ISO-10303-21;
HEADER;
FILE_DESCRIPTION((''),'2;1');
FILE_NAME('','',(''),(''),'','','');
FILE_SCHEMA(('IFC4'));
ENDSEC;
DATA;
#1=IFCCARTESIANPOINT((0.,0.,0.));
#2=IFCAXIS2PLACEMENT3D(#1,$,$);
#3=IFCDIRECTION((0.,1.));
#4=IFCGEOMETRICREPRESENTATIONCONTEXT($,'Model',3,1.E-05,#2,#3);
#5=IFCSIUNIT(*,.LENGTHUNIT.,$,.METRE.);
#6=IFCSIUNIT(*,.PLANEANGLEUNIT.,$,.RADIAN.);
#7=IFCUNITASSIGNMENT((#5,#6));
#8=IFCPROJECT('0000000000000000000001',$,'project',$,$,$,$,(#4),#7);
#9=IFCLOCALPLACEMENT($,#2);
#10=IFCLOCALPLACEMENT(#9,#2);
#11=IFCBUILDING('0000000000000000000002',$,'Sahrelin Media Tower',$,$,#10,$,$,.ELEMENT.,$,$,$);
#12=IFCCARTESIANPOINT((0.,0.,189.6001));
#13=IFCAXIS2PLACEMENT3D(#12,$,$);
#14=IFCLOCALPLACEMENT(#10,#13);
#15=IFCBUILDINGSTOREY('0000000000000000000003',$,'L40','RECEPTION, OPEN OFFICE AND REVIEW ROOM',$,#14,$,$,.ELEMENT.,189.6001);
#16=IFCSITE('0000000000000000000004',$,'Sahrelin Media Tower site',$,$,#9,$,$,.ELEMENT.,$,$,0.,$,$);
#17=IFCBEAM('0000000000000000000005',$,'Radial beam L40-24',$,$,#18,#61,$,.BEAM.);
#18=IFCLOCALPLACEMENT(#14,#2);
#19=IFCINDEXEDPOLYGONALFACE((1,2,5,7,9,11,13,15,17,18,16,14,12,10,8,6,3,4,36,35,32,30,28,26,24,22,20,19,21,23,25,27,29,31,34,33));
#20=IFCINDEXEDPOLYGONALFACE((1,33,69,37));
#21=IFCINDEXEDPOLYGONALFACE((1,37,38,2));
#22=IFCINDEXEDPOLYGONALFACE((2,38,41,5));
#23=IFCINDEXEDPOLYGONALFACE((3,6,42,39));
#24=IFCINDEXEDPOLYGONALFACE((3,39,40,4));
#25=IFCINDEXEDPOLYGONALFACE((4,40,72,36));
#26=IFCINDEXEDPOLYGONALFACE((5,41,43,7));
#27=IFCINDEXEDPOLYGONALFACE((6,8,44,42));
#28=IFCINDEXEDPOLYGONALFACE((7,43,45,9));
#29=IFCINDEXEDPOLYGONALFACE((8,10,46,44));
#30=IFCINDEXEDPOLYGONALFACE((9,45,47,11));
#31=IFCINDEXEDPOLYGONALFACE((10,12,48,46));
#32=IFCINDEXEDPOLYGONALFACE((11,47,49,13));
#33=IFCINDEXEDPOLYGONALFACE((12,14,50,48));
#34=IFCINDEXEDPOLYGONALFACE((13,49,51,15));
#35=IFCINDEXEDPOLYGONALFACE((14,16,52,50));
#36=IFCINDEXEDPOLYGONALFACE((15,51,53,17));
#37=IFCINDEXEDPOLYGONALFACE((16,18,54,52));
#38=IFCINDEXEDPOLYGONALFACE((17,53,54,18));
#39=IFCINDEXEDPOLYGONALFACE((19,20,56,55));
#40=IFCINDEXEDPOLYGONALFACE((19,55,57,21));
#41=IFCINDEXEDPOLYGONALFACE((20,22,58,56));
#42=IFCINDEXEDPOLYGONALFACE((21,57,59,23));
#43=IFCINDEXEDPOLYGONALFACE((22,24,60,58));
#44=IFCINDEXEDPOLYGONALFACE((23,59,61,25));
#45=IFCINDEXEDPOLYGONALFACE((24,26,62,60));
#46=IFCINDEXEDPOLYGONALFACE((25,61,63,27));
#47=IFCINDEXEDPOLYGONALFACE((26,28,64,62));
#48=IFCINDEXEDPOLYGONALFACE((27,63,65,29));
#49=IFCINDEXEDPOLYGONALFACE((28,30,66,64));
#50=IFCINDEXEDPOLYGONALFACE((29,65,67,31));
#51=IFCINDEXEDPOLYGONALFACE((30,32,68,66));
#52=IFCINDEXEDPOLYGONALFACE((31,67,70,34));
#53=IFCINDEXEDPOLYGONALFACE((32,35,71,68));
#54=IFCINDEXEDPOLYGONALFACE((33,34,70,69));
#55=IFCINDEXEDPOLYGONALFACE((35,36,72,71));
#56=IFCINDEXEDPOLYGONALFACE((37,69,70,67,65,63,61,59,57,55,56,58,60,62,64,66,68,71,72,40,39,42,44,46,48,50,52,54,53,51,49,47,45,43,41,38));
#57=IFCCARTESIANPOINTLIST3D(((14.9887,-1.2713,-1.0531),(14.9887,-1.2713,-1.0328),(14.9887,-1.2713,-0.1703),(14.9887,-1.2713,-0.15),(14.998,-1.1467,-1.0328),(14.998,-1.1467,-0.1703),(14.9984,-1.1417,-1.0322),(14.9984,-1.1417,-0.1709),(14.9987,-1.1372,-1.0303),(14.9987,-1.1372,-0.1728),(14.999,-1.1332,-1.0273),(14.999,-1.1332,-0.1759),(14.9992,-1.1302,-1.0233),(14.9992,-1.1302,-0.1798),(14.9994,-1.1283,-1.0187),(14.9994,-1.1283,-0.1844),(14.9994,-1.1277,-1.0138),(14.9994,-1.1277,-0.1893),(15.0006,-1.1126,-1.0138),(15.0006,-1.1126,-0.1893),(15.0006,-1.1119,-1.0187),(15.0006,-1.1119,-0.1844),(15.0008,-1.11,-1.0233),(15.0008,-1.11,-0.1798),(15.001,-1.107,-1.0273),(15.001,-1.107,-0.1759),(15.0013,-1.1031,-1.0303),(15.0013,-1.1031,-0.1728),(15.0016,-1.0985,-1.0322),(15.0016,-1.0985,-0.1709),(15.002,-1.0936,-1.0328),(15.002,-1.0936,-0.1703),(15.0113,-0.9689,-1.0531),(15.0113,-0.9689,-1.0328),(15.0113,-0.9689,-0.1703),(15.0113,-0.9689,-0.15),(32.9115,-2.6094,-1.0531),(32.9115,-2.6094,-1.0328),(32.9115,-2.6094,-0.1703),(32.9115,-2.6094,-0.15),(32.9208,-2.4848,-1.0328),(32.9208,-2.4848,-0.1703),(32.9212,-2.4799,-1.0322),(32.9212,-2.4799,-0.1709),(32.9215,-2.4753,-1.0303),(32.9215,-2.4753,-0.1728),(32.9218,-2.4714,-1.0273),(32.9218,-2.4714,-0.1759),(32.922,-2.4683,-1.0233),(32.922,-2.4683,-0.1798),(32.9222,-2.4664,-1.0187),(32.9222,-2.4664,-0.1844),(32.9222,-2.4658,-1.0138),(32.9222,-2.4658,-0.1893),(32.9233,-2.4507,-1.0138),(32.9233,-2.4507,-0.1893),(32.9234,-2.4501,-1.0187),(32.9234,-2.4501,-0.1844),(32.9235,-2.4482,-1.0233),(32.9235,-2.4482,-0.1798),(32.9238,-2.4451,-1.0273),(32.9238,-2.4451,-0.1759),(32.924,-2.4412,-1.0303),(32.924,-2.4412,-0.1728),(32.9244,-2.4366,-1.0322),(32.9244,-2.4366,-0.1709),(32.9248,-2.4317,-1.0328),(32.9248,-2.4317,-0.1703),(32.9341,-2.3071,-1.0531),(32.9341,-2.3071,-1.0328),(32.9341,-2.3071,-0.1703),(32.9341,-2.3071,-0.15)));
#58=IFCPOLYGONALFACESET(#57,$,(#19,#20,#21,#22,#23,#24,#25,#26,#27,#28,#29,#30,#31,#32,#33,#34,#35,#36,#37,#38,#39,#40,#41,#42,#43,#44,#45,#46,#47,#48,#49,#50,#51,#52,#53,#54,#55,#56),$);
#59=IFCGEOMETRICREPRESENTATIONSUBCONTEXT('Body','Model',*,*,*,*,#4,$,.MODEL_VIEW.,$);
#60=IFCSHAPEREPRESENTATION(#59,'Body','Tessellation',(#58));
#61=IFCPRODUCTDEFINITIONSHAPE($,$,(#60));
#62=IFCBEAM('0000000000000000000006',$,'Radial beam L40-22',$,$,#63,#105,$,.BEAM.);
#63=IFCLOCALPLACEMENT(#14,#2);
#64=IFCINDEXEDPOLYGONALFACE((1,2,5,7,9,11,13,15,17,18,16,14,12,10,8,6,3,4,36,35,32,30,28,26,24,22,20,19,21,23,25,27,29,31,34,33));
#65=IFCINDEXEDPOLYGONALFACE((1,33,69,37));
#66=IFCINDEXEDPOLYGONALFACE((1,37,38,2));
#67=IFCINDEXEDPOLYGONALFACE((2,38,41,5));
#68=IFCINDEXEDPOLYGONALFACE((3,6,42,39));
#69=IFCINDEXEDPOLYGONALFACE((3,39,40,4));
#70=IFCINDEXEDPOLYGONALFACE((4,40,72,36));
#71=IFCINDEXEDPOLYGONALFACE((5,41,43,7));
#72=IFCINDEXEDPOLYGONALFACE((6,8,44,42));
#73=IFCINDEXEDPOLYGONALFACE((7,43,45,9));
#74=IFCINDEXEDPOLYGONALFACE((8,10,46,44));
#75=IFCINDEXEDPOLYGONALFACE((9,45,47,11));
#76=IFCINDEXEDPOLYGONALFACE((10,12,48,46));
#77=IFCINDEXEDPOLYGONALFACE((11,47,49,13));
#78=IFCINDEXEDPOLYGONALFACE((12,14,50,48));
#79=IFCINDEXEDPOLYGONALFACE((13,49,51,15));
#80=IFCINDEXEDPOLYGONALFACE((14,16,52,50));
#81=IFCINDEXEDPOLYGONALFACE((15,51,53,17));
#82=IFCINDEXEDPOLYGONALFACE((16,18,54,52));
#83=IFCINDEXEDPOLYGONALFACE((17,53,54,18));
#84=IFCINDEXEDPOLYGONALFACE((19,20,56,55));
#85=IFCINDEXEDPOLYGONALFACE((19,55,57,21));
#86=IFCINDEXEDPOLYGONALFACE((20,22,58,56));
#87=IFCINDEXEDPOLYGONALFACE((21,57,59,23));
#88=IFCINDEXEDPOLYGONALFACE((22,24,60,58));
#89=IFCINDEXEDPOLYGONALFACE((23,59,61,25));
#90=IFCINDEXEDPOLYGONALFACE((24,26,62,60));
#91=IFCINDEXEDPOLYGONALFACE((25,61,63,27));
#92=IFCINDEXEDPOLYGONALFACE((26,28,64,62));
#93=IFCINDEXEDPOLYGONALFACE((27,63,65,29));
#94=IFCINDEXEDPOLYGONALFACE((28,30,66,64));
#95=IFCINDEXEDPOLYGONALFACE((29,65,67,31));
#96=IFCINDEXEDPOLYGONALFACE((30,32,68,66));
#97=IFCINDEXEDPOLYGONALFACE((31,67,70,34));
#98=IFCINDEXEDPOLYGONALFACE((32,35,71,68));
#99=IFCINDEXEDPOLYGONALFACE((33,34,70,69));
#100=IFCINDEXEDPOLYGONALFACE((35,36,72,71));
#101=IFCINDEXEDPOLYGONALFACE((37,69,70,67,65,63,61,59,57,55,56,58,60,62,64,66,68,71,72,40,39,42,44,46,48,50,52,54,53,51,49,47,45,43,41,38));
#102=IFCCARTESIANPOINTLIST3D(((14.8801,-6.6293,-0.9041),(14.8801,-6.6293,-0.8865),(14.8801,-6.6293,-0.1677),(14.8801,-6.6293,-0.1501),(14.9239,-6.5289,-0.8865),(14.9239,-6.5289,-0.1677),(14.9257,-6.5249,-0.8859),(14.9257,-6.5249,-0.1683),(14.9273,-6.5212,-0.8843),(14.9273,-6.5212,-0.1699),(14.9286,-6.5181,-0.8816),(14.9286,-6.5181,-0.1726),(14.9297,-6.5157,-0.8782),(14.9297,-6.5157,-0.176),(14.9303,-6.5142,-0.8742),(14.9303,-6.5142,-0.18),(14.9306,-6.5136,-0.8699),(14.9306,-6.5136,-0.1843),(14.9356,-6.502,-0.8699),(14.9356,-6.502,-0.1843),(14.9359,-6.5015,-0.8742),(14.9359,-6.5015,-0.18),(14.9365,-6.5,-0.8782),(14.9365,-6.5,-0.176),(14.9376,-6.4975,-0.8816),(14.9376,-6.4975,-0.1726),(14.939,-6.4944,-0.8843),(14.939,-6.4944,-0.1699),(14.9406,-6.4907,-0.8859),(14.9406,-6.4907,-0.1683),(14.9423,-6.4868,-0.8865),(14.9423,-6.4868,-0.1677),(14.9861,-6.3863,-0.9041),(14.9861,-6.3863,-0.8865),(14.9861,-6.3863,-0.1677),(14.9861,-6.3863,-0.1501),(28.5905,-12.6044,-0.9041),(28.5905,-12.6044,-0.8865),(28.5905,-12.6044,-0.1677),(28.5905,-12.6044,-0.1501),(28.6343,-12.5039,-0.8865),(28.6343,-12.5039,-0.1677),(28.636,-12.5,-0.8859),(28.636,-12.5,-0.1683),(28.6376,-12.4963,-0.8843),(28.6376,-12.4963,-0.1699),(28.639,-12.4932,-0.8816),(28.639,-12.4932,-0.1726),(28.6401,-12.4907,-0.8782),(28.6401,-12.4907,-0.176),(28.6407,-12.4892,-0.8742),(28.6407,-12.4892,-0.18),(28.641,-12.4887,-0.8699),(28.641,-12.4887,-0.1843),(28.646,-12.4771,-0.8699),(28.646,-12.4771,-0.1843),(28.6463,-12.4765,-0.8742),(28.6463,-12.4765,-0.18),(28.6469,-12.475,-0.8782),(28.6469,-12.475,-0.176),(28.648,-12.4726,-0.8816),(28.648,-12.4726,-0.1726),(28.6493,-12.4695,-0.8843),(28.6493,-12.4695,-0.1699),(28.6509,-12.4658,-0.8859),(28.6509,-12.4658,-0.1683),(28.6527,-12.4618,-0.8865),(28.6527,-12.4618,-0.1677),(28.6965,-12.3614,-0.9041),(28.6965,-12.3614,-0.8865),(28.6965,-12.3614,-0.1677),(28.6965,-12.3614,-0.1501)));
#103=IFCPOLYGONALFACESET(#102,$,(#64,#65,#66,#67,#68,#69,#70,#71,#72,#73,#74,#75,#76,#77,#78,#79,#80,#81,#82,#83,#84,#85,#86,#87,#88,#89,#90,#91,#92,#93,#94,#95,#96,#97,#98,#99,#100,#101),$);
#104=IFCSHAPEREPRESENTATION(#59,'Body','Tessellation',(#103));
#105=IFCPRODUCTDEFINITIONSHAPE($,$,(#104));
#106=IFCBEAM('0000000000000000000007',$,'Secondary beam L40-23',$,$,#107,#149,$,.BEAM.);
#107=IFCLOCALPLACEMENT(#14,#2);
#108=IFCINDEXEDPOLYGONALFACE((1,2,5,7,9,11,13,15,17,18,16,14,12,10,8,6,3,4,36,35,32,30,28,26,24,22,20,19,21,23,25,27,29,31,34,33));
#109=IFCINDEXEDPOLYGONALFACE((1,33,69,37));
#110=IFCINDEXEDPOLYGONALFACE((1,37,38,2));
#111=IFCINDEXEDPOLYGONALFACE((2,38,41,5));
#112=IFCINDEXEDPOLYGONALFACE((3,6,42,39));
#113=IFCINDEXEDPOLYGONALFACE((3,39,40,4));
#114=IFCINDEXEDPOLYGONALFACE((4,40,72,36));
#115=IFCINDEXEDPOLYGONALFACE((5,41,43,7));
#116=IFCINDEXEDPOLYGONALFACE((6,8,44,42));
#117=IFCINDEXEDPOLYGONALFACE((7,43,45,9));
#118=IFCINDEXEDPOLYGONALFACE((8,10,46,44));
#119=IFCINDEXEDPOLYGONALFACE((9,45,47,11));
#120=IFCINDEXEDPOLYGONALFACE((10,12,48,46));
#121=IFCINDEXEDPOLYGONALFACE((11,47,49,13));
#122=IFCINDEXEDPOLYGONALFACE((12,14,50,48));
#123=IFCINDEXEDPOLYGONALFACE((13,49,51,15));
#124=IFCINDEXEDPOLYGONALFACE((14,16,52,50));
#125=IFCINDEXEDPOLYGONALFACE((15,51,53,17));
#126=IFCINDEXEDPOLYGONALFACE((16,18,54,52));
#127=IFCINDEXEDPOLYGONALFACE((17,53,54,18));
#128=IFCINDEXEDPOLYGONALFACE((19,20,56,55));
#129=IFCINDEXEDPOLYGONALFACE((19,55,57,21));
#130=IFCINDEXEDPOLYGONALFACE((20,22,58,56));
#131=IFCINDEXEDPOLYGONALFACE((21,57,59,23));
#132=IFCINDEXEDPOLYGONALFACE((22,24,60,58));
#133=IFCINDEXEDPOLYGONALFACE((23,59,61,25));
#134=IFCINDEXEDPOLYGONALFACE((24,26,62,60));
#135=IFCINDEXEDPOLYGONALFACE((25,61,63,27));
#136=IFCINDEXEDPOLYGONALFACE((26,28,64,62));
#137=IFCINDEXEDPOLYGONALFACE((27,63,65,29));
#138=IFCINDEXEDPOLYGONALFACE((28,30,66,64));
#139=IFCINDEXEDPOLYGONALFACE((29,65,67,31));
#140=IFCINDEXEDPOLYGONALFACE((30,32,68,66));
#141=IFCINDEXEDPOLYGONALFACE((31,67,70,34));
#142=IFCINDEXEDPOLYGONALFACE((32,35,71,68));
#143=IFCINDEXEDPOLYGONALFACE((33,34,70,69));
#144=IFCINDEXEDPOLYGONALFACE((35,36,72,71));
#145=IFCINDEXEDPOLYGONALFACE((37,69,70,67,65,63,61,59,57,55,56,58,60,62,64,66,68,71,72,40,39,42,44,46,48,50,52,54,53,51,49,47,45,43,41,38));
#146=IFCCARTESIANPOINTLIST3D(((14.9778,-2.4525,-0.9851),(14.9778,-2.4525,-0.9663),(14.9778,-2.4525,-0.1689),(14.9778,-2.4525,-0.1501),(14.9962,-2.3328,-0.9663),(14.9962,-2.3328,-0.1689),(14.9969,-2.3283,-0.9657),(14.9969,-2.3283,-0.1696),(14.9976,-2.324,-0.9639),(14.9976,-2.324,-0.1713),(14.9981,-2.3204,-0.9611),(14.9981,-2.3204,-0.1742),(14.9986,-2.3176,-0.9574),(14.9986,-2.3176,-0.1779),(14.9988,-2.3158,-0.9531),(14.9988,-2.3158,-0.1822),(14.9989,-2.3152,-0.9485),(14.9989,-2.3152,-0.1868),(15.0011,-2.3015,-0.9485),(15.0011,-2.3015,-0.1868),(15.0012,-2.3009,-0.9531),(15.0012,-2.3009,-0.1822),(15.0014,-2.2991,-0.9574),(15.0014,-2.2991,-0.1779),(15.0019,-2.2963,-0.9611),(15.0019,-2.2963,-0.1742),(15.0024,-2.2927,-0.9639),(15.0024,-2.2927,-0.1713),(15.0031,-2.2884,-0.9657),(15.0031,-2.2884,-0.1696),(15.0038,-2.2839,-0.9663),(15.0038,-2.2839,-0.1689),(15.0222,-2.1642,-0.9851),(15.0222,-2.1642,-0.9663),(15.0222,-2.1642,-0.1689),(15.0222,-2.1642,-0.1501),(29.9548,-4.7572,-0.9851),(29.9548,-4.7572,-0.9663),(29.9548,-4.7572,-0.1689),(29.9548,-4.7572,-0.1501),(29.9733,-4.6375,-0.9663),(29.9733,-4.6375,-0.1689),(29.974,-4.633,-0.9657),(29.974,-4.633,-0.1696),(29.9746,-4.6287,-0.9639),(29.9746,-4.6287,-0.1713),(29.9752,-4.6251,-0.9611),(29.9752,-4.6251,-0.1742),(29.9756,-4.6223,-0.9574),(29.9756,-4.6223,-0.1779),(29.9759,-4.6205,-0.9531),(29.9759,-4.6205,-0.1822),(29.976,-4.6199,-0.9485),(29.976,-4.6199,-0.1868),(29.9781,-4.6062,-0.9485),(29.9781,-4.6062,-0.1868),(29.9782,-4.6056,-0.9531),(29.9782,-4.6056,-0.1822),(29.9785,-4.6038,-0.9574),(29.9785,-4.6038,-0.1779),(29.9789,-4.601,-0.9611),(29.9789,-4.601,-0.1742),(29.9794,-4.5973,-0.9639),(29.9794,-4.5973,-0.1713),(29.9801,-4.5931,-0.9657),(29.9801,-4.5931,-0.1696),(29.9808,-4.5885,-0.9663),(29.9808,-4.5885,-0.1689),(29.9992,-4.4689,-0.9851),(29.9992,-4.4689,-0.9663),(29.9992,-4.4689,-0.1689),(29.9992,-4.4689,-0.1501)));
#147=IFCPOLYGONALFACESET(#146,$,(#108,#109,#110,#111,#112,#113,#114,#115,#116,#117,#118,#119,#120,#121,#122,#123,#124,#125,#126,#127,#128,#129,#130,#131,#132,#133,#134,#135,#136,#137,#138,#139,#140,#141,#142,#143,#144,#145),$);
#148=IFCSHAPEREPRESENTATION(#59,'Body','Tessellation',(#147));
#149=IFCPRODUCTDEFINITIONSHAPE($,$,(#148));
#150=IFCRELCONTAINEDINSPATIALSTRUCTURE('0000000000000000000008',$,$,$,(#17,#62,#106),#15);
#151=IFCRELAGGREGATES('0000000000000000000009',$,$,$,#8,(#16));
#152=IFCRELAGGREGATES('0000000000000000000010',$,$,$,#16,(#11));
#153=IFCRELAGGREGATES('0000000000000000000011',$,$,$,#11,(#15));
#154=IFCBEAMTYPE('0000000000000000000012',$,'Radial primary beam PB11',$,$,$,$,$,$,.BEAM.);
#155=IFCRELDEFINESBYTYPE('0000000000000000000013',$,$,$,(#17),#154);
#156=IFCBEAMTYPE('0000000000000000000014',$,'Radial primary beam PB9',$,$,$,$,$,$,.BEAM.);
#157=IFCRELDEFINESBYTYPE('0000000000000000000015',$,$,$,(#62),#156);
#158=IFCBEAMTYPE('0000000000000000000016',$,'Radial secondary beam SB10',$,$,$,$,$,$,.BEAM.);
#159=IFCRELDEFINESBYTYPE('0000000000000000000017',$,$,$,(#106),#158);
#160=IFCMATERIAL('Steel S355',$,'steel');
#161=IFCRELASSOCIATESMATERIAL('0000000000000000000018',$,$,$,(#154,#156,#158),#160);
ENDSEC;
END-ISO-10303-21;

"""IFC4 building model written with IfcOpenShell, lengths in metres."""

from ifc_helpers import new_model, si_unit, direction, frame, origin, origin_2d, place, context, subcontext, project, spatial, i_section, extrude, material, material_profile, profile_set, type_object, element, save


model = new_model("IFC4")

# Units and contexts
model_context = context("Model", 3, precision=1e-05, world=origin(), true_north=direction((0.0, 1.0)))
body_context = subcontext(model_context, "Body", "Model", "MODEL_VIEW")
ifc_project = project(units=[si_unit("LENGTHUNIT", "METRE"), si_unit("PLANEANGLEUNIT", "RADIAN")], contexts=[model_context])

# Site, building, storey
site_placement = place(None, origin())
site = spatial("IfcSite", under=ifc_project, at=site_placement, Name="Sahrelin Media Tower site", CompositionType="ELEMENT", RefElevation=0.0)
building_placement = place(site_placement, origin())
building = spatial("IfcBuilding", under=site, at=building_placement, Name="Sahrelin Media Tower", CompositionType="ELEMENT")
storey_placement = place(building_placement, frame((0.0, 0.0, 189.6001)))
storey = spatial("IfcBuildingStorey", under=building, at=storey_placement, Name="L40", Description="RECEPTION, OPEN OFFICE AND REVIEW ROOM", CompositionType="ELEMENT", Elevation=189.6001)

# Shared definitions
ifc_material_1 = material(Name="Steel S355", Category="steel")

# Beams
ifc_material_profile_1 = material_profile(ifc_material_1, i_section(OverallWidth=0.3032, OverallDepth=0.9031, WebThickness=0.0151, FlangeThickness=0.0203, FilletRadius=0.019, at=origin_2d()), Name="UB 914x305x201")
ifc_profile_set_1 = profile_set([ifc_material_profile_1], Name="Steel S355")
beam_type_1 = type_object("IfcBeamType", Name="Radial primary beam PB11", PredefinedType="BEAM", material=ifc_profile_set_1)
beam_1_placement = place(storey_placement, frame((15.0, -1.1201, -0.6016), z_axis=(0.997224, -0.074454, 0.0), x_axis=(0.074454, 0.997224, 0.0)))
element("IfcBeam", 1, at=beam_1_placement, inside=storey, type_object=beam_type_1, Name="Radial beam L40-24", PredefinedType="BEAM", context=body_context, shape_type="SweptSolid", body=[
    extrude(i_section(OverallWidth=0.3032, OverallDepth=0.9031, WebThickness=0.0151, FlangeThickness=0.0203, FilletRadius=0.019, at=origin_2d()), origin(), (0.0, 0.0, 1.0), 17.9727),
])
ifc_material_profile_2 = material_profile(ifc_material_1, i_section(OverallWidth=0.2651, OverallDepth=0.7539, WebThickness=0.0127, FlangeThickness=0.0176, FilletRadius=0.0166, at=origin_2d()), Name="UB 762x267x147")
ifc_profile_set_2 = profile_set([ifc_material_profile_2], Name="Steel S355")
beam_type_2 = type_object("IfcBeamType", Name="Radial primary beam PB9", PredefinedType="BEAM", material=ifc_profile_set_2)
beam_2_placement = place(storey_placement, frame((14.9331, -6.5078, -0.5271), z_axis=(0.916727, -0.399515, 0.0), x_axis=(0.399515, 0.916727, 0.0)))
element("IfcBeam", 2, at=beam_2_placement, inside=storey, type_object=beam_type_2, Name="Radial beam L40-22", PredefinedType="BEAM", context=body_context, shape_type="SweptSolid", body=[
    extrude(i_section(OverallWidth=0.2651, OverallDepth=0.7539, WebThickness=0.0127, FlangeThickness=0.0176, FilletRadius=0.0166, at=origin_2d()), origin(), (0.0, 0.0, 1.0), 14.9558),
])
ifc_material_profile_3 = material_profile(ifc_material_1, i_section(OverallWidth=0.2917, OverallDepth=0.835, WebThickness=0.0139, FlangeThickness=0.0188, FilletRadius=0.0178, at=origin_2d()), Name="UB 838x292x176")
ifc_profile_set_3 = profile_set([ifc_material_profile_3], Name="Steel S355")
beam_type_3 = type_object("IfcBeamType", Name="Radial secondary beam SB10", PredefinedType="BEAM", material=ifc_profile_set_3)
beam_3_placement = place(storey_placement, frame((15.0, -2.3083, -0.5676), z_axis=(0.988366, -0.152091, 0.0), x_axis=(0.152091, 0.988366, 0.0)))
element("IfcBeam", 3, at=beam_3_placement, inside=storey, type_object=beam_type_3, Name="Secondary beam L40-23", PredefinedType="BEAM", context=body_context, shape_type="SweptSolid", body=[
    extrude(i_section(OverallWidth=0.2917, OverallDepth=0.835, WebThickness=0.0139, FlangeThickness=0.0188, FilletRadius=0.0178, at=origin_2d()), origin(), (0.0, 0.0, 1.0), 15.1533),
])

save(model, "model.ifc")
